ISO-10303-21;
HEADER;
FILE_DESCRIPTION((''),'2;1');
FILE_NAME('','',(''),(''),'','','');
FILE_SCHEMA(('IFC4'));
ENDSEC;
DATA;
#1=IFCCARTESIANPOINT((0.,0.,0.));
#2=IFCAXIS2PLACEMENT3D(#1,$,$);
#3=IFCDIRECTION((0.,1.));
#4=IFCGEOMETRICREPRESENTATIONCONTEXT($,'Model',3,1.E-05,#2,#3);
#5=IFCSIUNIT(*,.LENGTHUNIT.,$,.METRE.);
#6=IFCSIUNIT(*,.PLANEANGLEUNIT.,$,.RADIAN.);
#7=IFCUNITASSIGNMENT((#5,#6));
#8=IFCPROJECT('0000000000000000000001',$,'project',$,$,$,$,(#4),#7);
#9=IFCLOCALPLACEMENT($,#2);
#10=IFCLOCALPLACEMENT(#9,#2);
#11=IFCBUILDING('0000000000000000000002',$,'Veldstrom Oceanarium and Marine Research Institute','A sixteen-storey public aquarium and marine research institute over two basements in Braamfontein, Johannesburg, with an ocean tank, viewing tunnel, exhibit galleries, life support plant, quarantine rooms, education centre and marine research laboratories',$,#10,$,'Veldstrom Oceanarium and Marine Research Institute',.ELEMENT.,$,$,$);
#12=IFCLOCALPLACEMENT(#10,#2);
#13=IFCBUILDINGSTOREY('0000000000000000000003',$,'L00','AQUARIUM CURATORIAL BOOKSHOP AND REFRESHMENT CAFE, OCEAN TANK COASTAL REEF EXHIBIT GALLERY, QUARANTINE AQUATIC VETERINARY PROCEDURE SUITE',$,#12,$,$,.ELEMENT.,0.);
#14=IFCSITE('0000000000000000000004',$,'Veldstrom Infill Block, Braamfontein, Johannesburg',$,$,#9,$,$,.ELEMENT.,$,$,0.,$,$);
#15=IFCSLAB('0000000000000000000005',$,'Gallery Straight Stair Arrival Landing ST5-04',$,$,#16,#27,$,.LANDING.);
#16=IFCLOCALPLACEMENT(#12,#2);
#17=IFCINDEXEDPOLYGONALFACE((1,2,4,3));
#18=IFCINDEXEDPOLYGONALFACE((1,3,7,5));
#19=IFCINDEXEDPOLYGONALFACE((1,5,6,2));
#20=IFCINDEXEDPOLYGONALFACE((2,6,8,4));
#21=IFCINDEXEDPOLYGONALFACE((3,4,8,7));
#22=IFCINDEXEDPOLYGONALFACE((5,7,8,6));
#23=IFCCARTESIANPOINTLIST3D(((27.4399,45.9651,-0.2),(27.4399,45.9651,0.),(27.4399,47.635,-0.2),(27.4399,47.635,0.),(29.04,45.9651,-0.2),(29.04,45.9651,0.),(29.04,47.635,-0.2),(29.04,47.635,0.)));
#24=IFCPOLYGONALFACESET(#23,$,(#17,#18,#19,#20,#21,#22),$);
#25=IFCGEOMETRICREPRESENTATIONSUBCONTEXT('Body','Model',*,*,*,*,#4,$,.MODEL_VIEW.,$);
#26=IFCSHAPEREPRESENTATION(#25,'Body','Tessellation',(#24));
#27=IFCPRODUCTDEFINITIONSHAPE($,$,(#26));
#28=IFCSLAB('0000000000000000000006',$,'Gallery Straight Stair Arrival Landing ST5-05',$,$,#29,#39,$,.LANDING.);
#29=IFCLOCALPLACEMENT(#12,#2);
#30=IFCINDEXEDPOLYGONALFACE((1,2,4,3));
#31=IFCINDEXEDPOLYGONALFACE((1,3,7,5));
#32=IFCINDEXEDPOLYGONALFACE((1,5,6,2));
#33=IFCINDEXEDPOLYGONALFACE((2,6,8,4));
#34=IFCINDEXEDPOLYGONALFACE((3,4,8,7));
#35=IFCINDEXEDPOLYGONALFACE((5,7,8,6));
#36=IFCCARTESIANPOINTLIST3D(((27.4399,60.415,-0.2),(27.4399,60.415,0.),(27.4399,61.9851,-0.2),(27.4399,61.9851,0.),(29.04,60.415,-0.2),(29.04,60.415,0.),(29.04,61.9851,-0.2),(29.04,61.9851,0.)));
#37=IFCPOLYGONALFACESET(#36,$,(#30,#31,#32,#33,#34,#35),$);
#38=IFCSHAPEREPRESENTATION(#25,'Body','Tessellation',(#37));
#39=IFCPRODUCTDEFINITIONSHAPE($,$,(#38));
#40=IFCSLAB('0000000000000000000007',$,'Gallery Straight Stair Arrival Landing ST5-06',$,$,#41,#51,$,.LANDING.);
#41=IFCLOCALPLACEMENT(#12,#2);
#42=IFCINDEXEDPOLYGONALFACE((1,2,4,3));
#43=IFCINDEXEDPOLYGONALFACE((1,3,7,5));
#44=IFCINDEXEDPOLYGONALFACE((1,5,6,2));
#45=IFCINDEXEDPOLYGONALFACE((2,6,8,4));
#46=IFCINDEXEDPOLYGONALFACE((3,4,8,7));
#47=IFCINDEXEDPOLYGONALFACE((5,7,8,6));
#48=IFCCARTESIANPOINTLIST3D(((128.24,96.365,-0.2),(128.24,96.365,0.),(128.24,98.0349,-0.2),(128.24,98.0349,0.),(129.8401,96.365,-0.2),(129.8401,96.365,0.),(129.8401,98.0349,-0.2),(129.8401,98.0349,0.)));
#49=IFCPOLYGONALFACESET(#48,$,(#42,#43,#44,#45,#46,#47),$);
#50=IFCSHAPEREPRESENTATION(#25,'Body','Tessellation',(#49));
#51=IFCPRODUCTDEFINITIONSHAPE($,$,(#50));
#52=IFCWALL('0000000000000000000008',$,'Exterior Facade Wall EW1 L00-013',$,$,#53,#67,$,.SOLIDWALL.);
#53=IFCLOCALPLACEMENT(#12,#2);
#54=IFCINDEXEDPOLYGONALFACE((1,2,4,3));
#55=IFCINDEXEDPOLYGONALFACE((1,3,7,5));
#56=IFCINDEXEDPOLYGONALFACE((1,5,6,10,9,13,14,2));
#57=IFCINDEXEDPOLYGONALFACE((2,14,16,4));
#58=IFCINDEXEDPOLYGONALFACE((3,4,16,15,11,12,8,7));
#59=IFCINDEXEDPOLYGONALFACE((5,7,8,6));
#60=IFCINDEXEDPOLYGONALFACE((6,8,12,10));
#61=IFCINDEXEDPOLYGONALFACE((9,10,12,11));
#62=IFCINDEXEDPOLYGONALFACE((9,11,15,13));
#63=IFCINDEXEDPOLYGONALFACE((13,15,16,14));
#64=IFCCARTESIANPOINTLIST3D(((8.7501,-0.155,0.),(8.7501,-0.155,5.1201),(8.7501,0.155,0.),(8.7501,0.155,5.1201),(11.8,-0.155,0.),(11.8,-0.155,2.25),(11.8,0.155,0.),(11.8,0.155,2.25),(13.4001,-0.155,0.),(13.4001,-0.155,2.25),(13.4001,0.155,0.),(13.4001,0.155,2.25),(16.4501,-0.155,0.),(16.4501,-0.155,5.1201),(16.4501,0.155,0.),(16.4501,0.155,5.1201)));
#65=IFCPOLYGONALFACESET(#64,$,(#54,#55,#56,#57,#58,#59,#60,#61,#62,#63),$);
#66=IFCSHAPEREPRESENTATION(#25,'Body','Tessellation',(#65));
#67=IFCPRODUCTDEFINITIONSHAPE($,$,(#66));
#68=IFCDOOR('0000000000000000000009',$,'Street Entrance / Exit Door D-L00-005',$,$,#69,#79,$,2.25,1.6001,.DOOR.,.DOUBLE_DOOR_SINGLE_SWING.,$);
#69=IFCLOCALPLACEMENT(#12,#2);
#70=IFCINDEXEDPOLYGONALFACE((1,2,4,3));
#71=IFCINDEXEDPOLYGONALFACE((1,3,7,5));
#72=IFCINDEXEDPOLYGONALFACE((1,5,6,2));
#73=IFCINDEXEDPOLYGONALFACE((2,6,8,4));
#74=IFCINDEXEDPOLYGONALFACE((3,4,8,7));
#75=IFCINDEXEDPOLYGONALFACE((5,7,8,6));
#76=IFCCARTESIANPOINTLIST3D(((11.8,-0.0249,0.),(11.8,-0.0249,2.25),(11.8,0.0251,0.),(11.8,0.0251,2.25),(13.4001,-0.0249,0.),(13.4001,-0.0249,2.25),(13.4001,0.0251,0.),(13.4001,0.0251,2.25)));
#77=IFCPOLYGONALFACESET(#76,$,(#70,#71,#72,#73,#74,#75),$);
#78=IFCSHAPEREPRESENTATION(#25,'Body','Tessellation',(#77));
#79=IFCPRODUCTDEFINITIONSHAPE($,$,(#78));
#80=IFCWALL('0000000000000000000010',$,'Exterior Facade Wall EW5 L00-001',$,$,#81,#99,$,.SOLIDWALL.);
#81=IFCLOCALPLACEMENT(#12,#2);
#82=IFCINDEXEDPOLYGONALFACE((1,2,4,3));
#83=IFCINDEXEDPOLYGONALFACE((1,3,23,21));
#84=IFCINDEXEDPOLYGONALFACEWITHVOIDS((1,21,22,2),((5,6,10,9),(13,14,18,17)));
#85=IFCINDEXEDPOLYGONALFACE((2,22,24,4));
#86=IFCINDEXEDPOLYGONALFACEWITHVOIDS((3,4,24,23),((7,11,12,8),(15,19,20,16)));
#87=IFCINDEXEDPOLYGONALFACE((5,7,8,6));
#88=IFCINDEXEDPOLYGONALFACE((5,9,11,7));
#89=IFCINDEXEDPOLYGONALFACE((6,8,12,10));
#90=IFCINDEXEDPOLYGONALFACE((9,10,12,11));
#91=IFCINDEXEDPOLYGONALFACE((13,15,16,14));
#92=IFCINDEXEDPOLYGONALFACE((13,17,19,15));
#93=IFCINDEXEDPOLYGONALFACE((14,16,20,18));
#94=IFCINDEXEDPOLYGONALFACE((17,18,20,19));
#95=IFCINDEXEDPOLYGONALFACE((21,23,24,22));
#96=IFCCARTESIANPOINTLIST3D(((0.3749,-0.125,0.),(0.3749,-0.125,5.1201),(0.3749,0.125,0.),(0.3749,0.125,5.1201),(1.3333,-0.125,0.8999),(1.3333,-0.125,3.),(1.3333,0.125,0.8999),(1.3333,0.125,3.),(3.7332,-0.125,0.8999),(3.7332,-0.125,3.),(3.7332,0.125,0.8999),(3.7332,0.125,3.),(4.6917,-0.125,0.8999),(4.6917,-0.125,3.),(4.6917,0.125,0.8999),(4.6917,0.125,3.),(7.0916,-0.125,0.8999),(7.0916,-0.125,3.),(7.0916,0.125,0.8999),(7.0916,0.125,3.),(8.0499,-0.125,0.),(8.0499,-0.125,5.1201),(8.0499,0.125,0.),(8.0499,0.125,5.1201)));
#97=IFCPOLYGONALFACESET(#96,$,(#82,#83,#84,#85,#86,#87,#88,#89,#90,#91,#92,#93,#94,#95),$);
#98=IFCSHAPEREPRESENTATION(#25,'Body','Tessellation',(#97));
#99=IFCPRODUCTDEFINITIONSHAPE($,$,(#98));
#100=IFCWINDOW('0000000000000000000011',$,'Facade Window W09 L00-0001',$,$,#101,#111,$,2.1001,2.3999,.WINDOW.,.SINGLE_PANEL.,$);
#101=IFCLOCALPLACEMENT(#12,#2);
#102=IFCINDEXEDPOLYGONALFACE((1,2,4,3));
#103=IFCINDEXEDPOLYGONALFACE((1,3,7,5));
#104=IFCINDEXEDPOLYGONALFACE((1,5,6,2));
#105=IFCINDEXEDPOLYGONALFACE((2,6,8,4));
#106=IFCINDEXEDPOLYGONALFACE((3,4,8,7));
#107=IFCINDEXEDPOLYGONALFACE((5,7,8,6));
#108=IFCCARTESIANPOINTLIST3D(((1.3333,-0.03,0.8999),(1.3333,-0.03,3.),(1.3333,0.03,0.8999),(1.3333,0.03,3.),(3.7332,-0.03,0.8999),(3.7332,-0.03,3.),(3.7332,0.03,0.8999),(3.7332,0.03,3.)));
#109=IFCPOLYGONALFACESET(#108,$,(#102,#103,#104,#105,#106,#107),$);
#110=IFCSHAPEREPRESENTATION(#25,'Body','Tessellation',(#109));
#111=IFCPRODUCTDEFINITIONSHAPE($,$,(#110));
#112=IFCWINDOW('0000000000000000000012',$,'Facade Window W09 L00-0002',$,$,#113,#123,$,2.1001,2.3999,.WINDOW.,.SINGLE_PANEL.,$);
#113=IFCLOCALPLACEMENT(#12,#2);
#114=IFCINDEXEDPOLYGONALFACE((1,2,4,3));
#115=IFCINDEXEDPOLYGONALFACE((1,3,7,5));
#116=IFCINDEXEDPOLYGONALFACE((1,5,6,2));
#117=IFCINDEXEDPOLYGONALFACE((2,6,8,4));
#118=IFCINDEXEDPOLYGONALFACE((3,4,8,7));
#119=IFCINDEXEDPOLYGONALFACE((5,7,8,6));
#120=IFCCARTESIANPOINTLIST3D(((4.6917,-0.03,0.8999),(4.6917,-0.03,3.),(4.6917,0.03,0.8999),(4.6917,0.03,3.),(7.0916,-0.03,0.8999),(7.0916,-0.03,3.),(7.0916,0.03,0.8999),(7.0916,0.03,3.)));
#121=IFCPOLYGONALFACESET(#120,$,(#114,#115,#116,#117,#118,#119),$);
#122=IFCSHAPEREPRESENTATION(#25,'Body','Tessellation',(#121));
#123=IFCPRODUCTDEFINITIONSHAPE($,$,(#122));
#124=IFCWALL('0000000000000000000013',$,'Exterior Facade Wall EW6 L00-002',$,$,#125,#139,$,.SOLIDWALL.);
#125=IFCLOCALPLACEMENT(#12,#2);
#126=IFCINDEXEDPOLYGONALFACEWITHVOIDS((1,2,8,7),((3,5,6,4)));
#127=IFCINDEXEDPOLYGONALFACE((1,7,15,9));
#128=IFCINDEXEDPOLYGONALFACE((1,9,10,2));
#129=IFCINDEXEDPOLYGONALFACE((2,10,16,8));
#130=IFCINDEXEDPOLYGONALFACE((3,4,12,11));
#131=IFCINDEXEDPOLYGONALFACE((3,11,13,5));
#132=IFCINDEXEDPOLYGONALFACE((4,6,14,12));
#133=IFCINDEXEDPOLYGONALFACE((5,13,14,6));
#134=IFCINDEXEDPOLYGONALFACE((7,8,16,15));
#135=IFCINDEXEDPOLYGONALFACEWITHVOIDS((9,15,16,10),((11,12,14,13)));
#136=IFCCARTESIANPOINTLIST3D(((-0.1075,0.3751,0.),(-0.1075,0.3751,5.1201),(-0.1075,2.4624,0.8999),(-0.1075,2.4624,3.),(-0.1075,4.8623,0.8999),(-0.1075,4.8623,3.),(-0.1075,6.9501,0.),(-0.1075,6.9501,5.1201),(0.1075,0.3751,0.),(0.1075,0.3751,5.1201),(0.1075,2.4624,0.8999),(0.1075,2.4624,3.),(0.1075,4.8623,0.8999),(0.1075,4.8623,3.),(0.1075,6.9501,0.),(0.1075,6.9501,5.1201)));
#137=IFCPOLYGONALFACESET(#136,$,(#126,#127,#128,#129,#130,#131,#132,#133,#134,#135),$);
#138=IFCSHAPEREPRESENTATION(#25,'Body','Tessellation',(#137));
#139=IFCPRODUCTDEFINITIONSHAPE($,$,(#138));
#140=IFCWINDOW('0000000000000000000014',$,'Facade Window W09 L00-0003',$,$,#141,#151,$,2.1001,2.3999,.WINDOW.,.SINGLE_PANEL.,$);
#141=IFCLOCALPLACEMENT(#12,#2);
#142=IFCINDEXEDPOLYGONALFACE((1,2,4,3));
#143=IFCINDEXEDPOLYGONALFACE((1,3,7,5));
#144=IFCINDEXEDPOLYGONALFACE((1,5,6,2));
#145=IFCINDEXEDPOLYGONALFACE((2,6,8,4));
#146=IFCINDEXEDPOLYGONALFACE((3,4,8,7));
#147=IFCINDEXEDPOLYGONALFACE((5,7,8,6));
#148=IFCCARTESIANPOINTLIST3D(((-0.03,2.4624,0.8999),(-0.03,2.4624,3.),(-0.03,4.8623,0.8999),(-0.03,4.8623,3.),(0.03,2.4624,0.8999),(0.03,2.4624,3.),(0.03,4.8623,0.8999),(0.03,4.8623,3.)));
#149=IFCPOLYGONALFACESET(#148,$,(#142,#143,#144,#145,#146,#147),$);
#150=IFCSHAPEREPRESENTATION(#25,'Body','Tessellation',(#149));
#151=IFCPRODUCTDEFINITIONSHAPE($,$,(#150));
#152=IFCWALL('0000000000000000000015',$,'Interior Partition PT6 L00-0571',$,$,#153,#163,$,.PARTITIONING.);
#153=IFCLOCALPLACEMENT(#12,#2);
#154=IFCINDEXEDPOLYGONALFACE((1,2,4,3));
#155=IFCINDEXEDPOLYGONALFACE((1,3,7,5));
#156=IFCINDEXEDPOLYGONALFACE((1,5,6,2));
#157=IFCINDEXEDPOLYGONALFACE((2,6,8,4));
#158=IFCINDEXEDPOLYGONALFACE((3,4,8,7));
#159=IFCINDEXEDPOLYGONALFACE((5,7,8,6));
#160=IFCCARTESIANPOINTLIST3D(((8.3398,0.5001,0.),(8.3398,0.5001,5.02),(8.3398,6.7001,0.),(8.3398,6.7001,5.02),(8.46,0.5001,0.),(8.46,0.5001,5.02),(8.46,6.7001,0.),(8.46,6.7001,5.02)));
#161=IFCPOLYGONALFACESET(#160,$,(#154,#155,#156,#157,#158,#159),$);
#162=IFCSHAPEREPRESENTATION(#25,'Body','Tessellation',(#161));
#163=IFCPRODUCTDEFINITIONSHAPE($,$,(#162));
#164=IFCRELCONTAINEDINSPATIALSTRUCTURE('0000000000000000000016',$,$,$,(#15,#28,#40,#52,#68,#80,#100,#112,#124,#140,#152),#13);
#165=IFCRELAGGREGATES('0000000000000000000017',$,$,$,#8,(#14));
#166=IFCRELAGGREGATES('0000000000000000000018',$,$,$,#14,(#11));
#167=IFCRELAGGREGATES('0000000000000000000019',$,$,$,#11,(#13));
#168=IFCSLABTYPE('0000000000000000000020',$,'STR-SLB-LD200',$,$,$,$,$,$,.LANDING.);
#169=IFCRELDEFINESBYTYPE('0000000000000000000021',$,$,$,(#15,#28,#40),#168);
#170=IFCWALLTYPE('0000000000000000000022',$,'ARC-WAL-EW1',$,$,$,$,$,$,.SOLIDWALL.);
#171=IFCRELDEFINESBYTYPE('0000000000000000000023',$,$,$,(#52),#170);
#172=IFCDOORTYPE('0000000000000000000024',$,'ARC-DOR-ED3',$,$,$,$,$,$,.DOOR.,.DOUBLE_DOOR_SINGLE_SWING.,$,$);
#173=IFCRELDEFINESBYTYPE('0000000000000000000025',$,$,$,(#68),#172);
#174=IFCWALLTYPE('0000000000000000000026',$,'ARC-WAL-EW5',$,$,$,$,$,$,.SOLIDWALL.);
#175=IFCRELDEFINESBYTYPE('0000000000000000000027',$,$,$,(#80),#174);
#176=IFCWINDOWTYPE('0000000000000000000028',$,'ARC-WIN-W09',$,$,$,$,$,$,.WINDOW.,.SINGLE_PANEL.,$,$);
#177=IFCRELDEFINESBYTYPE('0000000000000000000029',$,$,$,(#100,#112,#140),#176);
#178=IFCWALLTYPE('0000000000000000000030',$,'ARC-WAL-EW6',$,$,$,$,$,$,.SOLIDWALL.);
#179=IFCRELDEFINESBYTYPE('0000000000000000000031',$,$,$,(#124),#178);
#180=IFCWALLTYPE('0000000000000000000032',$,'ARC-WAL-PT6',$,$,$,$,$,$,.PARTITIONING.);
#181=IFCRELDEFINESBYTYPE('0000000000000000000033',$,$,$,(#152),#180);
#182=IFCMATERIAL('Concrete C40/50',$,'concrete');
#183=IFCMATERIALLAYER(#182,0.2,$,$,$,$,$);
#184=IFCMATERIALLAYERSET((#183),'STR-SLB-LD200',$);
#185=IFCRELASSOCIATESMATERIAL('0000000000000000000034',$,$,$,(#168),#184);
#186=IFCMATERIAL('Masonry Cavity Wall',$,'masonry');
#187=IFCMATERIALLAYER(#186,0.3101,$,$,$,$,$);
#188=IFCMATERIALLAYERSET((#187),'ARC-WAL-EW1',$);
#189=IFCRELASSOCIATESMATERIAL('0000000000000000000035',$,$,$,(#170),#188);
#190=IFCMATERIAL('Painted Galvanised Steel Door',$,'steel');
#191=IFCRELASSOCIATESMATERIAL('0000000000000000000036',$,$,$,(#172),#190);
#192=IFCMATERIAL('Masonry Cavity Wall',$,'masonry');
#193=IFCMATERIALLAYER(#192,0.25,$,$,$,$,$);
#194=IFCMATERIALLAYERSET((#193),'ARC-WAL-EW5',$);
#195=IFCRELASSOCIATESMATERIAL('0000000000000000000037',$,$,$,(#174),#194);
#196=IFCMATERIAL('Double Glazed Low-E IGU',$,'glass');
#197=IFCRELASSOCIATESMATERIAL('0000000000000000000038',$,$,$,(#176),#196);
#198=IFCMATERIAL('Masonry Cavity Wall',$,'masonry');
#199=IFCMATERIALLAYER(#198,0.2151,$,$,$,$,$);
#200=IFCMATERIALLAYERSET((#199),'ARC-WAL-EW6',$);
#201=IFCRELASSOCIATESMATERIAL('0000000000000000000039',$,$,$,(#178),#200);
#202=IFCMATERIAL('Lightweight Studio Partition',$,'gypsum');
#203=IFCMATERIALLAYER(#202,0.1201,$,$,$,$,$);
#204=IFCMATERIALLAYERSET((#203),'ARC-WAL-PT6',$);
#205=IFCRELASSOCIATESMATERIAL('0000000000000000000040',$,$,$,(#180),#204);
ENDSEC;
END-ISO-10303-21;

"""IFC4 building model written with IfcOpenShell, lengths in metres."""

from ifc_helpers import new_model, si_unit, direction, frame, frame_2d, origin, place, context, subcontext, project, spatial, polyline, rectangle, outline, extrude, material, layer, layer_set, type_object, element, fill, save


model = new_model("IFC4")

# Units and contexts
model_context = context("Model", 3, precision=1e-05, world=origin(), true_north=direction((0.0, 1.0)))
body_context = subcontext(model_context, "Body", "Model", "MODEL_VIEW")
ifc_project = project(units=[si_unit("LENGTHUNIT", "METRE"), si_unit("PLANEANGLEUNIT", "RADIAN")], contexts=[model_context])

# Site, building, storey
site_placement = place(None, origin())
site = spatial("IfcSite", under=ifc_project, at=site_placement, Name="Veldstrom Infill Block, Braamfontein, Johannesburg", CompositionType="ELEMENT", RefElevation=0.0)
building_placement = place(site_placement, origin())
building = spatial("IfcBuilding", under=site, at=building_placement, Name="Veldstrom Oceanarium and Marine Research Institute", Description="A sixteen-storey public aquarium and marine research institute over two basements in Braamfontein, Johannesburg, with an ocean tank, viewing tunnel, exhibit galleries, life support plant, quarantine rooms, education centre and marine research laboratories", LongName="Veldstrom Oceanarium and Marine Research Institute", CompositionType="ELEMENT")
storey_placement = place(building_placement, origin())
storey = spatial("IfcBuildingStorey", under=building, at=storey_placement, Name="L00", Description="AQUARIUM CURATORIAL BOOKSHOP AND REFRESHMENT CAFE, OCEAN TANK COASTAL REEF EXHIBIT GALLERY, QUARANTINE AQUATIC VETERINARY PROCEDURE SUITE", CompositionType="ELEMENT", Elevation=0.0)

# Slabs
ifc_material_1 = material(Name="Concrete C40/50", Category="concrete")
ifc_layer_1 = layer(ifc_material_1, 0.2)
ifc_layer_set_1 = layer_set([ifc_layer_1], Name="STR-SLB-LD200")
slab_type_1 = type_object("IfcSlabType", Name="STR-SLB-LD200", PredefinedType="LANDING", material=ifc_layer_set_1)
slab_1_placement = place(storey_placement, frame((0.0, 0.0, -0.2)))
element("IfcSlab", 1, at=slab_1_placement, inside=storey, type_object=slab_type_1, Name="Gallery Straight Stair Arrival Landing ST5-04", PredefinedType="LANDING", context=body_context, shape_type="SweptSolid", body=[
    extrude(outline(polyline([(27.4399, 45.9651), (29.04, 45.9651), (29.04, 47.635), (27.4399, 47.635), (27.4399, 45.9651)])), origin(), (0.0, 0.0, 1.0), 0.2),
])
slab_2_placement = place(storey_placement, frame((0.0, 0.0, -0.2)))
element("IfcSlab", 2, at=slab_2_placement, inside=storey, type_object=slab_type_1, Name="Gallery Straight Stair Arrival Landing ST5-05", PredefinedType="LANDING", context=body_context, shape_type="SweptSolid", body=[
    extrude(outline(polyline([(27.4399, 60.415), (29.04, 60.415), (29.04, 61.9851), (27.4399, 61.9851), (27.4399, 60.415)])), origin(), (0.0, 0.0, 1.0), 0.2),
])
slab_3_placement = place(storey_placement, frame((0.0, 0.0, -0.2)))
element("IfcSlab", 3, at=slab_3_placement, inside=storey, type_object=slab_type_1, Name="Gallery Straight Stair Arrival Landing ST5-06", PredefinedType="LANDING", context=body_context, shape_type="SweptSolid", body=[
    extrude(outline(polyline([(128.24, 96.365), (129.8401, 96.365), (129.8401, 98.0349), (128.24, 98.0349), (128.24, 96.365)])), origin(), (0.0, 0.0, 1.0), 0.2),
])

# Wall, opening, door
ifc_material_2 = material(Name="Masonry Cavity Wall", Category="masonry")
ifc_layer_2 = layer(ifc_material_2, 0.3101)
ifc_layer_set_2 = layer_set([ifc_layer_2], Name="ARC-WAL-EW1")
wall_type_1 = type_object("IfcWallType", Name="ARC-WAL-EW1", PredefinedType="SOLIDWALL", material=ifc_layer_set_2)
wall_1_placement = place(storey_placement, frame((8.75, 0.0, 0.0), z_axis=(0.0, 0.0, 1.0), x_axis=(1.0, 0.0, 0.0)))
wall_1 = element("IfcWall", 4, at=wall_1_placement, inside=storey, type_object=wall_type_1, Name="Exterior Facade Wall EW1 L00-013", PredefinedType="SOLIDWALL", context=body_context, shape_type="SweptSolid", body=[
    extrude(rectangle(XDim=7.7, YDim=0.3101, at=frame_2d((3.8501, 0.0))), origin(), (0.0, 0.0, 1.0), 5.1201),
])
opening_1_placement = place(wall_1_placement, frame((3.05, 0.0, 0.0)))
opening_1 = element("IfcOpeningElement", 5, at=opening_1_placement, cuts=wall_1, PredefinedType="OPENING", context=body_context, shape_type="SweptSolid", body=[
    extrude(rectangle(XDim=1.6001, YDim=2.25, at=frame_2d((0.8, 1.125))), frame((0.0, 0.165, 0.0), z_axis=(0.0, -1.0, 0.0), x_axis=(1.0, 0.0, 0.0)), (0.0, 0.0, 1.0), 0.3301),
])
ifc_material_3 = material(Name="Painted Galvanised Steel Door", Category="steel")
door_type = type_object("IfcDoorType", Name="ARC-DOR-ED3", OperationType="DOUBLE_DOOR_SINGLE_SWING", PredefinedType="DOOR", material=ifc_material_3)
door_placement = place(opening_1_placement, frame((1.6001, 0.0, 0.0), z_axis=(0.0, 0.0, 1.0), x_axis=(-1.0, 0.0, 0.0)))
door = element("IfcDoor", 6, at=door_placement, inside=storey, type_object=door_type, Name="Street Entrance / Exit Door D-L00-005", OperationType="DOUBLE_DOOR_SINGLE_SWING", OverallHeight=2.25, OverallWidth=1.6001, PredefinedType="DOOR", context=body_context, shape_type="SweptSolid", body=[
    extrude(rectangle(XDim=1.6001, YDim=2.25, at=frame_2d((0.8, 1.125))), frame((0.0, 0.0249, 0.0), z_axis=(0.0, -1.0, 0.0), x_axis=(1.0, 0.0, 0.0)), (0.0, 0.0, 1.0), 0.05),
])
fill(opening_1, door)

# Wall, openings, windows
ifc_material_4 = material(Name="Masonry Cavity Wall", Category="masonry")
ifc_layer_3 = layer(ifc_material_4, 0.25)
ifc_layer_set_3 = layer_set([ifc_layer_3], Name="ARC-WAL-EW5")
wall_type_2 = type_object("IfcWallType", Name="ARC-WAL-EW5", PredefinedType="SOLIDWALL", material=ifc_layer_set_3)
wall_2_placement = place(storey_placement, frame((0.375, 0.0, 0.0), z_axis=(0.0, 0.0, 1.0), x_axis=(1.0, 0.0, 0.0)))
wall_2 = element("IfcWall", 7, at=wall_2_placement, inside=storey, type_object=wall_type_2, Name="Exterior Facade Wall EW5 L00-001", PredefinedType="SOLIDWALL", context=body_context, shape_type="SweptSolid", body=[
    extrude(rectangle(XDim=7.675, YDim=0.25, at=frame_2d((3.8374, 0.0))), origin(), (0.0, 0.0, 1.0), 5.1201),
])
opening_2_placement = place(wall_2_placement, frame((0.9583, 0.0, 0.8999)))
opening_2 = element("IfcOpeningElement", 8, at=opening_2_placement, cuts=wall_2, PredefinedType="OPENING", context=body_context, shape_type="SweptSolid", body=[
    extrude(rectangle(XDim=2.3999, YDim=2.1001, at=frame_2d((1.2, 1.05))), frame((0.0, 0.135, 0.0), z_axis=(0.0, -1.0, 0.0), x_axis=(1.0, 0.0, 0.0)), (0.0, 0.0, 1.0), 0.27),
])
opening_3_placement = place(wall_2_placement, frame((4.3167, 0.0, 0.8999)))
opening_3 = element("IfcOpeningElement", 9, at=opening_3_placement, cuts=wall_2, PredefinedType="OPENING", context=body_context, shape_type="SweptSolid", body=[
    extrude(rectangle(XDim=2.3999, YDim=2.1001, at=frame_2d((1.2, 1.05))), frame((0.0, 0.135, 0.0), z_axis=(0.0, -1.0, 0.0), x_axis=(1.0, 0.0, 0.0)), (0.0, 0.0, 1.0), 0.27),
])
ifc_material_5 = material(Name="Double Glazed Low-E IGU", Category="glass")
window_type = type_object("IfcWindowType", Name="ARC-WIN-W09", PartitioningType="SINGLE_PANEL", PredefinedType="WINDOW", material=ifc_material_5)
window_1_placement = place(opening_2_placement, origin())
window_1 = element("IfcWindow", 10, at=window_1_placement, inside=storey, type_object=window_type, Name="Facade Window W09 L00-0001", OverallHeight=2.1001, OverallWidth=2.3999, PartitioningType="SINGLE_PANEL", PredefinedType="WINDOW", context=body_context, shape_type="SweptSolid", body=[
    extrude(rectangle(XDim=2.3999, YDim=2.1001, at=frame_2d((1.2, 1.05))), frame((0.0, 0.03, 0.0), z_axis=(0.0, -1.0, 0.0), x_axis=(1.0, 0.0, 0.0)), (0.0, 0.0, 1.0), 0.0601),
])
fill(opening_2, window_1)
window_2_placement = place(opening_3_placement, origin())
window_2 = element("IfcWindow", 11, at=window_2_placement, inside=storey, type_object=window_type, Name="Facade Window W09 L00-0002", OverallHeight=2.1001, OverallWidth=2.3999, PartitioningType="SINGLE_PANEL", PredefinedType="WINDOW", context=body_context, shape_type="SweptSolid", body=[
    extrude(rectangle(XDim=2.3999, YDim=2.1001, at=frame_2d((1.2, 1.05))), frame((0.0, 0.03, 0.0), z_axis=(0.0, -1.0, 0.0), x_axis=(1.0, 0.0, 0.0)), (0.0, 0.0, 1.0), 0.0601),
])
fill(opening_3, window_2)

# Wall, opening, window
ifc_material_6 = material(Name="Masonry Cavity Wall", Category="masonry")
ifc_layer_4 = layer(ifc_material_6, 0.2151)
ifc_layer_set_4 = layer_set([ifc_layer_4], Name="ARC-WAL-EW6")
wall_type_3 = type_object("IfcWallType", Name="ARC-WAL-EW6", PredefinedType="SOLIDWALL", material=ifc_layer_set_4)
wall_3_placement = place(storey_placement, frame((0.0, 0.375, 0.0), z_axis=(0.0, 0.0, 1.0), x_axis=(0.0, 1.0, 0.0)))
wall_3 = element("IfcWall", 12, at=wall_3_placement, inside=storey, type_object=wall_type_3, Name="Exterior Facade Wall EW6 L00-002", PredefinedType="SOLIDWALL", context=body_context, shape_type="SweptSolid", body=[
    extrude(rectangle(XDim=6.575, YDim=0.2151, at=frame_2d((3.2876, 0.0))), origin(), (0.0, 0.0, 1.0), 5.1201),
])
opening_4_placement = place(wall_3_placement, frame((2.0874, 0.0, 0.8999)))
opening_4 = element("IfcOpeningElement", 13, at=opening_4_placement, cuts=wall_3, PredefinedType="OPENING", context=body_context, shape_type="SweptSolid", body=[
    extrude(rectangle(XDim=2.3999, YDim=2.1001, at=frame_2d((1.2, 1.05))), frame((0.0, 0.1174, 0.0), z_axis=(0.0, -1.0, 0.0), x_axis=(1.0, 0.0, 0.0)), (0.0, 0.0, 1.0), 0.2351),
])
window_3_placement = place(opening_4_placement, origin())
window_3 = element("IfcWindow", 14, at=window_3_placement, inside=storey, type_object=window_type, Name="Facade Window W09 L00-0003", OverallHeight=2.1001, OverallWidth=2.3999, PartitioningType="SINGLE_PANEL", PredefinedType="WINDOW", context=body_context, shape_type="SweptSolid", body=[
    extrude(rectangle(XDim=2.3999, YDim=2.1001, at=frame_2d((1.2, 1.05))), frame((0.0, 0.03, 0.0), z_axis=(0.0, -1.0, 0.0), x_axis=(1.0, 0.0, 0.0)), (0.0, 0.0, 1.0), 0.0601),
])
fill(opening_4, window_3)

# Wall
ifc_material_7 = material(Name="Lightweight Studio Partition", Category="gypsum")
ifc_layer_5 = layer(ifc_material_7, 0.1201)
ifc_layer_set_5 = layer_set([ifc_layer_5], Name="ARC-WAL-PT6")
wall_type_4 = type_object("IfcWallType", Name="ARC-WAL-PT6", PredefinedType="PARTITIONING", material=ifc_layer_set_5)
wall_4_placement = place(storey_placement, frame((8.3999, 0.5, 0.0), z_axis=(0.0, 0.0, 1.0), x_axis=(0.0, 1.0, 0.0)))
element("IfcWall", 15, at=wall_4_placement, inside=storey, type_object=wall_type_4, Name="Interior Partition PT6 L00-0571", PredefinedType="PARTITIONING", context=body_context, shape_type="SweptSolid", body=[
    extrude(rectangle(XDim=6.2, YDim=0.1201, at=frame_2d((3.1001, 0.0))), origin(), (0.0, 0.0, 1.0), 5.02),
])

save(model, "model.ifc")
